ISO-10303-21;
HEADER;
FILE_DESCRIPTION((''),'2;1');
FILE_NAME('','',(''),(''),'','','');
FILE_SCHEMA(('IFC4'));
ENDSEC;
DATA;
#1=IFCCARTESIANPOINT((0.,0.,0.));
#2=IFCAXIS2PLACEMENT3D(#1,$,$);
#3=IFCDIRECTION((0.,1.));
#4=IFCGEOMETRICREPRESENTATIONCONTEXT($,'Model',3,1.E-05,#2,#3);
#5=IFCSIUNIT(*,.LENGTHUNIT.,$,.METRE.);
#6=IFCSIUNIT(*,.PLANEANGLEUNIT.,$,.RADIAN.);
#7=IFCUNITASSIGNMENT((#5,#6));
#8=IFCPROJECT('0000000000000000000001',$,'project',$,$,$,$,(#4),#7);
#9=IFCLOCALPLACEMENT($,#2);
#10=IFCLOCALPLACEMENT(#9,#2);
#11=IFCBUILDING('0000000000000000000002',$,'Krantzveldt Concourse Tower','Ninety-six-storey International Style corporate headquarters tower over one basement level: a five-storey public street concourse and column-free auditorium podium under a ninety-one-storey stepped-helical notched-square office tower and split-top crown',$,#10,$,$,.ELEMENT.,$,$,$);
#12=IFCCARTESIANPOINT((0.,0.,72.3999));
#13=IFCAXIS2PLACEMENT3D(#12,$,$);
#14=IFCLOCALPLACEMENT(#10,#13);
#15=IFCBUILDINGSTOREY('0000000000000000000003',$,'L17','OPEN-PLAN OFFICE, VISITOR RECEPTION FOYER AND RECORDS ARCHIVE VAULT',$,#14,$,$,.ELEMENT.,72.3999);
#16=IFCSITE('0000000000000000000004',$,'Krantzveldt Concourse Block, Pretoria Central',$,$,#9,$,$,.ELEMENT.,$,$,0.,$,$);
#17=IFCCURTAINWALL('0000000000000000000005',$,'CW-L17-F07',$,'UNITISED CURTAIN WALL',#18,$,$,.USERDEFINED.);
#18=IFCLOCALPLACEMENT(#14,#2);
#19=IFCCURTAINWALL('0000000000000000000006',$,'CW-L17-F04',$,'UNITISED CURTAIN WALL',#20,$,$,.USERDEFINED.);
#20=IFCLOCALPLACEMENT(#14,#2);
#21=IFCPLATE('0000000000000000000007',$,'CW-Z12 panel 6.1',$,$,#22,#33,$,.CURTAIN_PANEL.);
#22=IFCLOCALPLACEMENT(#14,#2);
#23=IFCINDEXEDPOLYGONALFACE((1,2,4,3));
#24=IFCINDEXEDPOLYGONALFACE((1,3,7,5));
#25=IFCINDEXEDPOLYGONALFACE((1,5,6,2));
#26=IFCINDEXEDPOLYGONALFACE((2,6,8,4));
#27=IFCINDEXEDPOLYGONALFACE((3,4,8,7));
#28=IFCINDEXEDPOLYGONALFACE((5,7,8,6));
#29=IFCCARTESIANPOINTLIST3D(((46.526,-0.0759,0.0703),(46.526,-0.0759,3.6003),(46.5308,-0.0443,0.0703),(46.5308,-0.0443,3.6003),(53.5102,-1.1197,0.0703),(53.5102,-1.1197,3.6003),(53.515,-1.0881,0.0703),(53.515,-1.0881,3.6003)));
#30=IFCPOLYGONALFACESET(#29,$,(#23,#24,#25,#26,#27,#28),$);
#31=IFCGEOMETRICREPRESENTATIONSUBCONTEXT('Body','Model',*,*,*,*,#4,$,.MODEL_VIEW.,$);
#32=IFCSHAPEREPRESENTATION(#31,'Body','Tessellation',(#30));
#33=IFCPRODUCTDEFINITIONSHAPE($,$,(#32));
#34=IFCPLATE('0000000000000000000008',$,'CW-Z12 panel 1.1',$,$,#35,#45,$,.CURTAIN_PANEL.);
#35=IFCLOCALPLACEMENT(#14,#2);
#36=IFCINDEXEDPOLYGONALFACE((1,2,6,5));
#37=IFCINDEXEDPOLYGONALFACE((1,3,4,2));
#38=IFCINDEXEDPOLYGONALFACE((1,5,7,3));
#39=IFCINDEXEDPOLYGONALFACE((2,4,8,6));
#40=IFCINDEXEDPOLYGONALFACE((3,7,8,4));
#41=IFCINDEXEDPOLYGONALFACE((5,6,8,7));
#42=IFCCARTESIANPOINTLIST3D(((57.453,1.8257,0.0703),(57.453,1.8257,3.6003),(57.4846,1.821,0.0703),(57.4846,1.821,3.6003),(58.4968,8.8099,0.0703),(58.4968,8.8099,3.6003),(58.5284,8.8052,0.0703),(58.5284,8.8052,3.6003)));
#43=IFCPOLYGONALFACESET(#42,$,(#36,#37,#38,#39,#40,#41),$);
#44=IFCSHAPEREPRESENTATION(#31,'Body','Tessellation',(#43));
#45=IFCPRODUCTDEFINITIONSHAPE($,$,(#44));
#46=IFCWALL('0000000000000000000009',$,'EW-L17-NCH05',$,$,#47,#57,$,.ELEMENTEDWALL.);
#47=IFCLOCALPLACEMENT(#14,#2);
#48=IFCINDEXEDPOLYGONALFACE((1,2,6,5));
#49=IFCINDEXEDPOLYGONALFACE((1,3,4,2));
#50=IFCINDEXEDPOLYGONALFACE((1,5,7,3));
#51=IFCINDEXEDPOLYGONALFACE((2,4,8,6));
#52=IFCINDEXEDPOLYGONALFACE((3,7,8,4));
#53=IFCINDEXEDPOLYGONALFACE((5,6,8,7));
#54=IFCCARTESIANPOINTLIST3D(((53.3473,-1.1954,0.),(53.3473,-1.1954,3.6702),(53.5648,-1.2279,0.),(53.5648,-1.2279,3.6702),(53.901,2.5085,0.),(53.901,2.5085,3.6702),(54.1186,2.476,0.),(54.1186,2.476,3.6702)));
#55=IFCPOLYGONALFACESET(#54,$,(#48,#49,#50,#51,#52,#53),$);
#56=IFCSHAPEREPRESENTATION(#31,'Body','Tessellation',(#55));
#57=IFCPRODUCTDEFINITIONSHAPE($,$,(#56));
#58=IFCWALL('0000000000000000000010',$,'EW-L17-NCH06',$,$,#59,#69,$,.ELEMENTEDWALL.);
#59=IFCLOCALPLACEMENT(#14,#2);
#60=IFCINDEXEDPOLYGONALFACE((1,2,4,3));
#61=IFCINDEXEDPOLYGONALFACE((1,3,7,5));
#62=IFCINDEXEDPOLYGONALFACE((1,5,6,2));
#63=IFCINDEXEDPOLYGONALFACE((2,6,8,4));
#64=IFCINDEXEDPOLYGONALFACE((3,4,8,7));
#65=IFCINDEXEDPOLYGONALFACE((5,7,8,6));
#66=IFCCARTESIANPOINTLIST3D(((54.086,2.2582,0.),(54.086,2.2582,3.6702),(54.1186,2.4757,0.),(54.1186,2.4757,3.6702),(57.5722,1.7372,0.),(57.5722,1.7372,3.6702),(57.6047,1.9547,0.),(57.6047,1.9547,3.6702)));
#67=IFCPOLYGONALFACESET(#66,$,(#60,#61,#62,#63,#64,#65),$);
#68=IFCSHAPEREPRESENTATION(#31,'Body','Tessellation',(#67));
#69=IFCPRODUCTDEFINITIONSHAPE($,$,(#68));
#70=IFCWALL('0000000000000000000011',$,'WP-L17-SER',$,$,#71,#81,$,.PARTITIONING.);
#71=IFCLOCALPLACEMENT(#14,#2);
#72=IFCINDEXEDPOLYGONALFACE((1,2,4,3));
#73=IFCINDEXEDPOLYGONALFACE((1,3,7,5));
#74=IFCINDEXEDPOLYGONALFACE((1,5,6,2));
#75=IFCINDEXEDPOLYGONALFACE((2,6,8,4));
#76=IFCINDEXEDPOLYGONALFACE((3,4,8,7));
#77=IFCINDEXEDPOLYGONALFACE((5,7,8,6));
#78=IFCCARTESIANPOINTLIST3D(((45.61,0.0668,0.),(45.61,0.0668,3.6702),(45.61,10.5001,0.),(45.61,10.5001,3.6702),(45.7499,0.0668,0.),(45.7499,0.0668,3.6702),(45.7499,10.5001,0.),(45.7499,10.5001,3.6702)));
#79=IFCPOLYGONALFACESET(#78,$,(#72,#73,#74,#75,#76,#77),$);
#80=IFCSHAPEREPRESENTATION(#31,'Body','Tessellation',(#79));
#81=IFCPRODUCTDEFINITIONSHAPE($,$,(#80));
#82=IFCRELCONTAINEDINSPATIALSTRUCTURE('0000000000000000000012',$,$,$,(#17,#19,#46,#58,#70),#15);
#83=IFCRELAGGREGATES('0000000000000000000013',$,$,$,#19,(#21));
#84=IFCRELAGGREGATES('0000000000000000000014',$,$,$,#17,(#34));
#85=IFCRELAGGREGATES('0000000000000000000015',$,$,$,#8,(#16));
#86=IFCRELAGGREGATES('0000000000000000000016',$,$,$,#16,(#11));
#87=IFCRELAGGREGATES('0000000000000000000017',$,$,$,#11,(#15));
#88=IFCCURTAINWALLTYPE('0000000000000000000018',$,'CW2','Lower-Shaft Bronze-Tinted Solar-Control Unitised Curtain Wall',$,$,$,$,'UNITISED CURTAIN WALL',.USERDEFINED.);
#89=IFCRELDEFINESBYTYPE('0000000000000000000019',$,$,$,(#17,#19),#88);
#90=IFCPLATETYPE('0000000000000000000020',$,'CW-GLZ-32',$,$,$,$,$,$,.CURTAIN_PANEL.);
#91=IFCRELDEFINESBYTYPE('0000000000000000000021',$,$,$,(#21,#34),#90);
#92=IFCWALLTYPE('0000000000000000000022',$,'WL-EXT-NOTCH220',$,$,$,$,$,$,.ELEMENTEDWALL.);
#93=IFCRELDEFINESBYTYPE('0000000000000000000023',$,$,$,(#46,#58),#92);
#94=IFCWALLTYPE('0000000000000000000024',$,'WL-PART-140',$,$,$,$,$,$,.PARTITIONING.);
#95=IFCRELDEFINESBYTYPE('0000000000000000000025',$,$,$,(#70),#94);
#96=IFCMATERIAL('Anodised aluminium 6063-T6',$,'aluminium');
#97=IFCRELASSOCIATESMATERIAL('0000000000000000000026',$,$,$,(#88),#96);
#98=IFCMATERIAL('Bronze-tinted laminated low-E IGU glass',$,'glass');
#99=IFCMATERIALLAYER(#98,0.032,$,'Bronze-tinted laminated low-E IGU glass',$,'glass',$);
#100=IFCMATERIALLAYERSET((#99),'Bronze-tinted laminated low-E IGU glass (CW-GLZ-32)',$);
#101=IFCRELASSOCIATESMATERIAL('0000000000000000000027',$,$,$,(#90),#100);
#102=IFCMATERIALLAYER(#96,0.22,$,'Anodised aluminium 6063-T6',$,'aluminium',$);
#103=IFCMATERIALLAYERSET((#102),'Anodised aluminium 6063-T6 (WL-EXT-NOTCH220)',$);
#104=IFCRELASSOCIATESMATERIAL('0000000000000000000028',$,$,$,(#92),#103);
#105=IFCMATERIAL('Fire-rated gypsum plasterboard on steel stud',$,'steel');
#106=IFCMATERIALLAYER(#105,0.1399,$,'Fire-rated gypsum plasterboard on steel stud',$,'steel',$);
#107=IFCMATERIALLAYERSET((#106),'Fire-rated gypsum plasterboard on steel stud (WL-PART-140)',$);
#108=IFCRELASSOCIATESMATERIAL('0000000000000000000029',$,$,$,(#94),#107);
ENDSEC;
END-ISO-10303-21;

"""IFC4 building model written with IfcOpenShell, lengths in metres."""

from ifc_helpers import new_model, si_unit, direction, frame, frame_2d, origin, origin_2d, place, context, subcontext, project, spatial, rectangle, extrude, source, transform, mapped, material, layer, layer_set, type_object, type_shapes, element, aggregate, save


model = new_model("IFC4")

# Units and contexts
model_context = context("Model", 3, precision=1e-05, world=origin(), true_north=direction((0.0, 1.0)))
body_context = subcontext(model_context, "Body", "Model", "MODEL_VIEW")
ifc_project = project(units=[si_unit("LENGTHUNIT", "METRE"), si_unit("PLANEANGLEUNIT", "RADIAN")], contexts=[model_context])

# Site, building, storey
site_placement = place(None, origin())
site = spatial("IfcSite", under=ifc_project, at=site_placement, Name="Krantzveldt Concourse Block, Pretoria Central", CompositionType="ELEMENT", RefElevation=0.0)
building_placement = place(site_placement, origin())
building = spatial("IfcBuilding", under=site, at=building_placement, Name="Krantzveldt Concourse Tower", Description="Ninety-six-storey International Style corporate headquarters tower over one basement level: a five-storey public street concourse and column-free auditorium podium under a ninety-one-storey stepped-helical notched-square office tower and split-top crown", CompositionType="ELEMENT")
storey_placement = place(building_placement, frame((0.0, 0.0, 72.3999)))
storey = spatial("IfcBuildingStorey", under=building, at=storey_placement, Name="L17", Description="OPEN-PLAN OFFICE, VISITOR RECEPTION FOYER AND RECORDS ARCHIVE VAULT", CompositionType="ELEMENT", Elevation=72.3999)

# Curtain walls
ifc_material_1 = material(Name="Anodised aluminium 6063-T6", Category="aluminium")
curtain_wall_type = type_object("IfcCurtainWallType", Name="CW2", Description="Lower-Shaft Bronze-Tinted Solar-Control Unitised Curtain Wall", ElementType="UNITISED CURTAIN WALL", PredefinedType="USERDEFINED", material=ifc_material_1)
curtain_wall_1_placement = place(storey_placement, origin())
curtain_wall_1 = element("IfcCurtainWall", 1, at=curtain_wall_1_placement, inside=storey, type_object=curtain_wall_type, Name="CW-L17-F07", ObjectType="UNITISED CURTAIN WALL", PredefinedType="USERDEFINED")
curtain_wall_2_placement = place(storey_placement, origin())
curtain_wall_2 = element("IfcCurtainWall", 2, at=curtain_wall_2_placement, inside=storey, type_object=curtain_wall_type, Name="CW-L17-F04", ObjectType="UNITISED CURTAIN WALL", PredefinedType="USERDEFINED")

# Plates
ifc_material_2 = material(Name="Bronze-tinted laminated low-E IGU glass", Category="glass")
ifc_layer_1 = layer(ifc_material_2, 0.032, Name="Bronze-tinted laminated low-E IGU glass", Category="glass")
ifc_layer_set_1 = layer_set([ifc_layer_1], Name="Bronze-tinted laminated low-E IGU glass (CW-GLZ-32)")
plate_type = type_object("IfcPlateType", Name="CW-GLZ-32", PredefinedType="CURTAIN_PANEL", material=ifc_layer_set_1)
shared_shape_1 = source(origin(), body_context, "Body", "SweptSolid", [
    extrude(rectangle(XDim=7.0618, YDim=0.032, at=origin_2d()), origin(), (0.0, 0.0, 1.0), 3.53),
])
type_shapes(plate_type, [shared_shape_1])
plate_1_placement = place(storey_placement, frame((50.0205, -0.582, 0.0703), z_axis=(0.0, 0.0, 1.0), x_axis=(0.989016, -0.14781, 0.0)))
plate_1 = element("IfcPlate", 3, at=plate_1_placement, type_object=plate_type, Name="CW-Z12 panel 6.1", PredefinedType="CURTAIN_PANEL", context=body_context, shape_type="MappedRepresentation", body=[
    mapped(shared_shape_1, transform((0.0, 0.0, 0.0), x_axis=(1.0, 0.0, 0.0), y_axis=(0.0, 1.0, 0.0), z_axis=(0.0, 0.0, 1.0), scale=1.0)),
])
aggregate(curtain_wall_2, [plate_1])
plate_2_placement = place(storey_placement, frame((57.9907, 5.3154, 0.0703), z_axis=(0.0, 0.0, 1.0), x_axis=(0.14781, 0.989016, 0.0)))
plate_2 = element("IfcPlate", 4, at=plate_2_placement, type_object=plate_type, Name="CW-Z12 panel 1.1", PredefinedType="CURTAIN_PANEL", context=body_context, shape_type="MappedRepresentation", body=[
    mapped(shared_shape_1, transform((0.0, 0.0, 0.0), x_axis=(1.0, 0.0, 0.0), y_axis=(0.0, 1.0, 0.0), z_axis=(0.0, 0.0, 1.0), scale=1.0)),
])
aggregate(curtain_wall_1, [plate_2])

# Walls
ifc_layer_2 = layer(ifc_material_1, 0.22, Name="Anodised aluminium 6063-T6", Category="aluminium")
ifc_layer_set_2 = layer_set([ifc_layer_2], Name="Anodised aluminium 6063-T6 (WL-EXT-NOTCH220)")
wall_type_1 = type_object("IfcWallType", Name="WL-EXT-NOTCH220", PredefinedType="ELEMENTEDWALL", material=ifc_layer_set_2)
wall_1_placement = place(storey_placement, frame((53.4561, -1.2117, 0.0), z_axis=(0.0, 0.0, 1.0), x_axis=(0.147853, 0.989009, 0.0)))
element("IfcWall", 5, at=wall_1_placement, inside=storey, type_object=wall_type_1, Name="EW-L17-NCH05", PredefinedType="ELEMENTEDWALL", context=body_context, shape_type="SweptSolid", body=[
    extrude(rectangle(XDim=3.7451, YDim=0.22, at=frame_2d((1.8726, 0.0))), origin(), (0.0, 0.0, 1.0), 3.6702),
])
wall_2_placement = place(storey_placement, frame((54.1023, 2.3669, 0.0), z_axis=(0.0, 0.0, 1.0), x_axis=(0.989016, -0.147809, 0.0)))
element("IfcWall", 6, at=wall_2_placement, inside=storey, type_object=wall_type_1, Name="EW-L17-NCH06", PredefinedType="ELEMENTEDWALL", context=body_context, shape_type="SweptSolid", body=[
    extrude(rectangle(XDim=3.5249, YDim=0.22, at=frame_2d((1.7625, 0.0))), origin(), (0.0, 0.0, 1.0), 3.6702),
])
ifc_material_3 = material(Name="Fire-rated gypsum plasterboard on steel stud", Category="steel")
ifc_layer_3 = layer(ifc_material_3, 0.1399, Name="Fire-rated gypsum plasterboard on steel stud", Category="steel")
ifc_layer_set_3 = layer_set([ifc_layer_3], Name="Fire-rated gypsum plasterboard on steel stud (WL-PART-140)")
wall_type_2 = type_object("IfcWallType", Name="WL-PART-140", PredefinedType="PARTITIONING", material=ifc_layer_set_3)
wall_3_placement = place(storey_placement, frame((45.6799, 0.0667, 0.0), z_axis=(0.0, 0.0, 1.0), x_axis=(0.0, 1.0, 0.0)))
element("IfcWall", 7, at=wall_3_placement, inside=storey, type_object=wall_type_2, Name="WP-L17-SER", PredefinedType="PARTITIONING", context=body_context, shape_type="SweptSolid", body=[
    extrude(rectangle(XDim=10.4333, YDim=0.1399, at=frame_2d((5.2168, 0.0))), origin(), (0.0, 0.0, 1.0), 3.6702),
])

save(model, "model.ifc")
